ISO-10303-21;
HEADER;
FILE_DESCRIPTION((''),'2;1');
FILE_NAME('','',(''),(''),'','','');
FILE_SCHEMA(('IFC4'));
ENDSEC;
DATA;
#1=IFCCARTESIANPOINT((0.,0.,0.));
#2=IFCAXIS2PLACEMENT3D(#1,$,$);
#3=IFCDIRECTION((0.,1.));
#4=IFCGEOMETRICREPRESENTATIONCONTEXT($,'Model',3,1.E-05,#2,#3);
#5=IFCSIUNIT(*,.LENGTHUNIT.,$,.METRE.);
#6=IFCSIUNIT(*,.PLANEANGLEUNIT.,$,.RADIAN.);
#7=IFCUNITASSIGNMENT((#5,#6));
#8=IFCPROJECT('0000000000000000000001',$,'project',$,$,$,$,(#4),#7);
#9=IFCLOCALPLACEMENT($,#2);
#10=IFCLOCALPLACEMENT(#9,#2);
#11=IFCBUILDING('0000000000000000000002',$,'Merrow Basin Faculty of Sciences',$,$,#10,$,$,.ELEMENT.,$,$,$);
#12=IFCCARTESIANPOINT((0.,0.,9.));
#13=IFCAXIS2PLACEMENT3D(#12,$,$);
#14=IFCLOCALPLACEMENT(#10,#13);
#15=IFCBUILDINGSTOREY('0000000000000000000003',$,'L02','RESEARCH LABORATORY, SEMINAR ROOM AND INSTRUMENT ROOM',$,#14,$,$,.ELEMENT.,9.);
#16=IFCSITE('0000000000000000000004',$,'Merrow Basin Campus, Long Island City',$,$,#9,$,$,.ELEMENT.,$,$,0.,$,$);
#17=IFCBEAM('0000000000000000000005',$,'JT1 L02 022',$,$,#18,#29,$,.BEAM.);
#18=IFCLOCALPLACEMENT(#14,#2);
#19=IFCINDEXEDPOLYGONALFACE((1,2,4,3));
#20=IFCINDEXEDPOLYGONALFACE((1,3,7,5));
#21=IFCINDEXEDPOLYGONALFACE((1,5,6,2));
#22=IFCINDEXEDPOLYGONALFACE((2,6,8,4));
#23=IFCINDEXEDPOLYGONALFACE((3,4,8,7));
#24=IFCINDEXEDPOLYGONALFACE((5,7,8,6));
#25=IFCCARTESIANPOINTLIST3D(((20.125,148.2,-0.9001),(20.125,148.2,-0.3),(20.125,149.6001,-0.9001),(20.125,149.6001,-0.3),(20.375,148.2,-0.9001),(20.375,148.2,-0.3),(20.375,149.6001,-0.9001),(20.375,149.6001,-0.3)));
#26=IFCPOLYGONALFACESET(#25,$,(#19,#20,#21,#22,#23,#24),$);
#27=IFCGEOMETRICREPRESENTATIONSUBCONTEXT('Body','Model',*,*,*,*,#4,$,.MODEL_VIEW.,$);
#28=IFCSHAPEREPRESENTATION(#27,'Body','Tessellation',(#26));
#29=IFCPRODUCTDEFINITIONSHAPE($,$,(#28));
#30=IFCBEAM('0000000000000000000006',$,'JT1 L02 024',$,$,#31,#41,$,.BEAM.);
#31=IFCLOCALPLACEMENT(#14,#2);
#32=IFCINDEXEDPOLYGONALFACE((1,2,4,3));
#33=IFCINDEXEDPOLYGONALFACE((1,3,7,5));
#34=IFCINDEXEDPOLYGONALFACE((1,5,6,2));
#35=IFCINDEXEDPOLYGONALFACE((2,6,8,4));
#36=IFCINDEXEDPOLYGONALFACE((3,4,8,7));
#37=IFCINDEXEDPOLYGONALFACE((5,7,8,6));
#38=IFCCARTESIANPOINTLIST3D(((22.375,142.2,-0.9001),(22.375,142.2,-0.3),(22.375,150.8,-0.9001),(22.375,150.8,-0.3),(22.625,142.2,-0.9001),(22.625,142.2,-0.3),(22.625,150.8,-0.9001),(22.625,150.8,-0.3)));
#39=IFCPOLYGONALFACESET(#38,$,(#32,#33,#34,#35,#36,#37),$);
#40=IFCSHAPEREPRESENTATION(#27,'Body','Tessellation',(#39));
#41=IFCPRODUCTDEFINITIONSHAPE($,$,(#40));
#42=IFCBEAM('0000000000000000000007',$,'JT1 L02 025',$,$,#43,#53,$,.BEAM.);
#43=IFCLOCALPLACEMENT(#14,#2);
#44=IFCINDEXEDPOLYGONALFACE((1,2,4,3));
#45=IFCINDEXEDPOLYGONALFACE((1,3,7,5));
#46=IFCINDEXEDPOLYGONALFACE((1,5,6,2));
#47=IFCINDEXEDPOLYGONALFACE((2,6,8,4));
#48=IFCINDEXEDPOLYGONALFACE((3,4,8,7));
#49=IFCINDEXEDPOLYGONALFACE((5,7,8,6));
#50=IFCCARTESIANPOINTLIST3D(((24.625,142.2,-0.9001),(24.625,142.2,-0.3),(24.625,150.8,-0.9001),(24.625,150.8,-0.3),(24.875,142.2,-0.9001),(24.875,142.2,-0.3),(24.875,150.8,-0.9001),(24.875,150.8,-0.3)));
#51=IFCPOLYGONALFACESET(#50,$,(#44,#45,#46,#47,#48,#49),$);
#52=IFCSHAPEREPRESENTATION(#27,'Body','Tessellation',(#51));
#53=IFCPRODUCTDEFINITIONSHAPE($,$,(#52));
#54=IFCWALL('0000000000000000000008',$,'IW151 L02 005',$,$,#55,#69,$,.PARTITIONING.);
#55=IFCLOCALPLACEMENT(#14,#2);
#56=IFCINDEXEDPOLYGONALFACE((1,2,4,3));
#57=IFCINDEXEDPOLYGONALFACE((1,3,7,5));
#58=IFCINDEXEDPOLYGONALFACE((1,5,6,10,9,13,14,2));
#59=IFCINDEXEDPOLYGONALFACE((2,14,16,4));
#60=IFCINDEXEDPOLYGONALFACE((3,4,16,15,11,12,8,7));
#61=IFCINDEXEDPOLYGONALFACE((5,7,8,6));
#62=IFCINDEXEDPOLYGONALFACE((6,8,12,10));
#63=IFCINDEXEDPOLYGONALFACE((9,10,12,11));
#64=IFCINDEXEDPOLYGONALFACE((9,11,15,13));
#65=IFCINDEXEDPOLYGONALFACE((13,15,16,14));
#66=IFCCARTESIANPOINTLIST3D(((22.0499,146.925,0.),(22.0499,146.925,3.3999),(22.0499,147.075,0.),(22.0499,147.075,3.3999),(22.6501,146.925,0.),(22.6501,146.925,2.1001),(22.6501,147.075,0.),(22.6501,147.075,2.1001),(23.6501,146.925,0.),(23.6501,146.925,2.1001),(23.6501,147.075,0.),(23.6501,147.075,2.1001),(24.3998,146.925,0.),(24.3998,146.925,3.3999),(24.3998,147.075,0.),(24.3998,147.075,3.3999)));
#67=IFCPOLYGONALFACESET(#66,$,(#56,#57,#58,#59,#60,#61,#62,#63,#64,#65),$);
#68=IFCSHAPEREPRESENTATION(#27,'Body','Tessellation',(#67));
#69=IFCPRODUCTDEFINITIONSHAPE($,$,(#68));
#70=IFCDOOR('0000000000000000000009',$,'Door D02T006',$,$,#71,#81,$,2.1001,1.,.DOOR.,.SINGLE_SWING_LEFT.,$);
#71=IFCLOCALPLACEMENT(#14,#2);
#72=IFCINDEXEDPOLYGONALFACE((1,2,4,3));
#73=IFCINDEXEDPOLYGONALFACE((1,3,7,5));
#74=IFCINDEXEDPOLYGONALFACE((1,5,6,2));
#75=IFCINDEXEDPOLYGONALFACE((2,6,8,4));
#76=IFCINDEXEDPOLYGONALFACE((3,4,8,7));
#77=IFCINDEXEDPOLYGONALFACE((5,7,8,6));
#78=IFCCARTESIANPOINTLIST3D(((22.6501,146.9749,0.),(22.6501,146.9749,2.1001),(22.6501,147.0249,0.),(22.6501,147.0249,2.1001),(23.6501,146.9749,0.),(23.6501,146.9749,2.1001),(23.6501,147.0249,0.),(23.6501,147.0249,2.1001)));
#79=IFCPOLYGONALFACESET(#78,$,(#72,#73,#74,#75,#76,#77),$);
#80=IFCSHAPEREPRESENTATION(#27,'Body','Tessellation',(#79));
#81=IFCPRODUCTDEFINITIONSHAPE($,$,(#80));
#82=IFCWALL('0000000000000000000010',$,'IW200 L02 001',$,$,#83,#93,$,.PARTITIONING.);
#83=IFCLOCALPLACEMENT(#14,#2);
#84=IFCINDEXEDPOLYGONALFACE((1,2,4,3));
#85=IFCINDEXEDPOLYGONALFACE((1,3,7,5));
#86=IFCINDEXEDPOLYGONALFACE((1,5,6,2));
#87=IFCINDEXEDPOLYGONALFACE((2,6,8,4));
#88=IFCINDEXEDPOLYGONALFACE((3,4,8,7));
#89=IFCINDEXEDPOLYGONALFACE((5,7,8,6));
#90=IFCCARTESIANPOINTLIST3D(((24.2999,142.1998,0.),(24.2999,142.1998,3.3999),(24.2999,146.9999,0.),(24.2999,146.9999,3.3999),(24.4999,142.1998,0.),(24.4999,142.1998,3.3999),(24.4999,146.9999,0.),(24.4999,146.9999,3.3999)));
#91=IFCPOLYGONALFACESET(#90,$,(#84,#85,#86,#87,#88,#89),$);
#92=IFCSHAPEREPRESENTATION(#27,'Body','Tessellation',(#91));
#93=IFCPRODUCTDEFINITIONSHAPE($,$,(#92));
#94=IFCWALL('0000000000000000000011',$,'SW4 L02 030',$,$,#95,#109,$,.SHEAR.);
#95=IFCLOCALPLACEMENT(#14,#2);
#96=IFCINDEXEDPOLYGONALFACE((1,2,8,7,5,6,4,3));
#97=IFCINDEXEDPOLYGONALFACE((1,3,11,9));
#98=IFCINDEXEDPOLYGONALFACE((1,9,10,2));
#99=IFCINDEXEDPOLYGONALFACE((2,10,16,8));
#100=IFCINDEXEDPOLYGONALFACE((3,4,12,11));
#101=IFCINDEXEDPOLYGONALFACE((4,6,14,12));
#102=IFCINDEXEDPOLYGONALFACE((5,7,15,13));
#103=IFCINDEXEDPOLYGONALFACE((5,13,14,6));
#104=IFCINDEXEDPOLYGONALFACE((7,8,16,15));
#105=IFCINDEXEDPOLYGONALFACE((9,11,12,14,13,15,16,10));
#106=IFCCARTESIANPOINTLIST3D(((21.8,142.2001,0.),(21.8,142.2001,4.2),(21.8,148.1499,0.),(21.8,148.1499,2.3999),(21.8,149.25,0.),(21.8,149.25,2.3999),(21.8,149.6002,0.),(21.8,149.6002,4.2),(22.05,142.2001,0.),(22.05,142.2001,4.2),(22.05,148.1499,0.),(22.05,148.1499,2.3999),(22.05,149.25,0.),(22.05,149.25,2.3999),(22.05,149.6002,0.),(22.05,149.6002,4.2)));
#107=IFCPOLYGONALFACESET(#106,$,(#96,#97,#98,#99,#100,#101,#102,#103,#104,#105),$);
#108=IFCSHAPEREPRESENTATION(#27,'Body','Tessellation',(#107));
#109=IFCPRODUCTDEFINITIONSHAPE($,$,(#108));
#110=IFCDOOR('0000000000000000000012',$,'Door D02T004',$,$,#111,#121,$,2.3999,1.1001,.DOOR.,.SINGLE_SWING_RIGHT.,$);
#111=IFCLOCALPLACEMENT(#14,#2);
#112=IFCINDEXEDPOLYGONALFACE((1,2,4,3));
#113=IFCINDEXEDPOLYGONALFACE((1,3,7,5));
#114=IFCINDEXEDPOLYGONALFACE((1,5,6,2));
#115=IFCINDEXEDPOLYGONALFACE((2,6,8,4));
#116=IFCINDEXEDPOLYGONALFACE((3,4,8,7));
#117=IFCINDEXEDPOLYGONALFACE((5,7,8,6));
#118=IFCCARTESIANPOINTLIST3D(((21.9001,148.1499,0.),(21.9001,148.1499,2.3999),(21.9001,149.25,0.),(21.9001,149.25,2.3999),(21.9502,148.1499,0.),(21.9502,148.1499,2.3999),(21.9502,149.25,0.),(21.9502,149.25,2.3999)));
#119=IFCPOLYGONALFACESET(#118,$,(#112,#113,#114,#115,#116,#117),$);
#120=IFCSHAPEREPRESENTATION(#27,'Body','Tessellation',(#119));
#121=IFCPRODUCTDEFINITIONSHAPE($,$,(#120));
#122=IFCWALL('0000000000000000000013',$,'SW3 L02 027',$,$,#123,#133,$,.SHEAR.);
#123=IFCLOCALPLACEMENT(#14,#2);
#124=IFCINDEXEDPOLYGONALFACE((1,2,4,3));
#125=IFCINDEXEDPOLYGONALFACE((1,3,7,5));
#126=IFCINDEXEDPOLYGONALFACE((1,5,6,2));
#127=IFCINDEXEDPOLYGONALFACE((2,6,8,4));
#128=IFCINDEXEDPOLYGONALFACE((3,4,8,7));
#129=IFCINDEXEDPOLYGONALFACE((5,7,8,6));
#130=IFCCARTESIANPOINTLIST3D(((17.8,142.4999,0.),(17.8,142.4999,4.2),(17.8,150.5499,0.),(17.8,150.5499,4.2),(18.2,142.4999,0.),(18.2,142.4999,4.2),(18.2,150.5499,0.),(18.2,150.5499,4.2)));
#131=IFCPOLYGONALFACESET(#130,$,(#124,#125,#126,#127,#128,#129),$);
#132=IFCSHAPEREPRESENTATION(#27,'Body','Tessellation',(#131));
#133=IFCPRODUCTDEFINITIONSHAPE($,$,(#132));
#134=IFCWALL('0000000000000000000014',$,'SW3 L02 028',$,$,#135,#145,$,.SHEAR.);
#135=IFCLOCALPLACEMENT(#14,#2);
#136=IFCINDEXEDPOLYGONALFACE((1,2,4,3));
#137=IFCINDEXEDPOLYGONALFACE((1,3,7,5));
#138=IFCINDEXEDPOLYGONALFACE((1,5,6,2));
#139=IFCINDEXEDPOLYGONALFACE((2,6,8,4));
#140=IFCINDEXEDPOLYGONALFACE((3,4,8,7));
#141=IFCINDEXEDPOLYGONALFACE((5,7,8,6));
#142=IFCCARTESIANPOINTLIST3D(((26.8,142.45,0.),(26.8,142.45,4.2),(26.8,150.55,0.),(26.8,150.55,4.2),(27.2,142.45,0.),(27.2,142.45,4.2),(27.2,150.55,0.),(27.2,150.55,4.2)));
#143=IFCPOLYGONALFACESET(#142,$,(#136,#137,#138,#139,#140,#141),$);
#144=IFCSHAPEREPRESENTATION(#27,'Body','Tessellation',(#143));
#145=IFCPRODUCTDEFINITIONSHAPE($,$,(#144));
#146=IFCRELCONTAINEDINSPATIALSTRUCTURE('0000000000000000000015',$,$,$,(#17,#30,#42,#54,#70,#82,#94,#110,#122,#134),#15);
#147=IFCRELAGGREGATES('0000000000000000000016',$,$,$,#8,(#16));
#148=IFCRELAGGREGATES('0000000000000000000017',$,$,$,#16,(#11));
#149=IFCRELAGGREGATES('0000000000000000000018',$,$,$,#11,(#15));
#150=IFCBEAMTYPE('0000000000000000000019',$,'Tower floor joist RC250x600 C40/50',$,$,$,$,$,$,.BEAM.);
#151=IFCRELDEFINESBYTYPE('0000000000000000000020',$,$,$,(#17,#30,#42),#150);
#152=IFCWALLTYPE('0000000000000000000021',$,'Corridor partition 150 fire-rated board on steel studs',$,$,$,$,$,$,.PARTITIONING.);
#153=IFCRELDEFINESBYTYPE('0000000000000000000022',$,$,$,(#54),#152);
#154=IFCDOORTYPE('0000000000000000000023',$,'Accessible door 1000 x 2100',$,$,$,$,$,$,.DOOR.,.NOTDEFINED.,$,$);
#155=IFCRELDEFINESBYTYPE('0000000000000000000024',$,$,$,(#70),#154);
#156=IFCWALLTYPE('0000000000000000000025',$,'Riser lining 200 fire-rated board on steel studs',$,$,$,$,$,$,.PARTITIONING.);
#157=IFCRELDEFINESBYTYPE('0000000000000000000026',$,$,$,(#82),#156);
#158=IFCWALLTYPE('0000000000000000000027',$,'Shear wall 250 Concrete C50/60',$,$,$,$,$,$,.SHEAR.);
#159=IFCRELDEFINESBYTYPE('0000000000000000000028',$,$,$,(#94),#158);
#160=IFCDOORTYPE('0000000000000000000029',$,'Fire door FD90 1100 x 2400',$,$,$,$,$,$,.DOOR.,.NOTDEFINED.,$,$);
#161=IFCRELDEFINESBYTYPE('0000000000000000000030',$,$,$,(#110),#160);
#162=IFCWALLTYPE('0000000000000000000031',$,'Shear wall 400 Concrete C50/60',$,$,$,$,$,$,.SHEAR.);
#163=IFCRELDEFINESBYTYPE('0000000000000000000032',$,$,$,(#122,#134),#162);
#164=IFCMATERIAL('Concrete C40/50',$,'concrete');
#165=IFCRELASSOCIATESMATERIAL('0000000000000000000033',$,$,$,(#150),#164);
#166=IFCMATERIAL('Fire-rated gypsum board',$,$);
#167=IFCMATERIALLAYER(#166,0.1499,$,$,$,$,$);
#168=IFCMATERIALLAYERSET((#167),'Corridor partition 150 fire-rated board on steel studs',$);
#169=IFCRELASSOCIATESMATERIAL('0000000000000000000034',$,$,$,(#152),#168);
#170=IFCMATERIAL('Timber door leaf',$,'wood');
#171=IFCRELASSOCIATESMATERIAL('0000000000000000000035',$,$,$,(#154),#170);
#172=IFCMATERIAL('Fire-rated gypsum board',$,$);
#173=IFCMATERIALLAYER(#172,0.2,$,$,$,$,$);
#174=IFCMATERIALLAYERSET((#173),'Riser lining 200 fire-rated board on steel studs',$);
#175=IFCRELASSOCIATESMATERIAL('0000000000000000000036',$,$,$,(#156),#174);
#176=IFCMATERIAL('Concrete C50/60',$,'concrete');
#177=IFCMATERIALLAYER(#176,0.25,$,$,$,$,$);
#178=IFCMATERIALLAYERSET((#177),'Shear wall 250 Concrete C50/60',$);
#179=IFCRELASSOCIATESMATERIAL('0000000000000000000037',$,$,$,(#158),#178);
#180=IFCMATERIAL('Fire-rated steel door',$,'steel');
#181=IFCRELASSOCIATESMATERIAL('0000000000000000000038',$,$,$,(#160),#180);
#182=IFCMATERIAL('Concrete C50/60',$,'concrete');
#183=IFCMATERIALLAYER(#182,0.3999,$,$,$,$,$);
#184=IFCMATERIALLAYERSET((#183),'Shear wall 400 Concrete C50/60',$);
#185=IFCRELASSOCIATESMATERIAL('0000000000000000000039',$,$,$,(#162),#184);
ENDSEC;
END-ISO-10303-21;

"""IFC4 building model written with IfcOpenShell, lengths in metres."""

from ifc_helpers import new_model, si_unit, direction, frame, frame_2d, origin, origin_2d, place, context, subcontext, project, spatial, rectangle, extrude, material, layer, layer_set, material_profile, profile_set, type_object, element, fill, save


model = new_model("IFC4")

# Units and contexts
model_context = context("Model", 3, precision=1e-05, world=origin(), true_north=direction((0.0, 1.0)))
body_context = subcontext(model_context, "Body", "Model", "MODEL_VIEW")
ifc_project = project(units=[si_unit("LENGTHUNIT", "METRE"), si_unit("PLANEANGLEUNIT", "RADIAN")], contexts=[model_context])

# Site, building, storey
site_placement = place(None, origin())
site = spatial("IfcSite", under=ifc_project, at=site_placement, Name="Merrow Basin Campus, Long Island City", CompositionType="ELEMENT", RefElevation=0.0)
building_placement = place(site_placement, origin())
building = spatial("IfcBuilding", under=site, at=building_placement, Name="Merrow Basin Faculty of Sciences", CompositionType="ELEMENT")
storey_placement = place(building_placement, frame((0.0, 0.0, 9.0)))
storey = spatial("IfcBuildingStorey", under=building, at=storey_placement, Name="L02", Description="RESEARCH LABORATORY, SEMINAR ROOM AND INSTRUMENT ROOM", CompositionType="ELEMENT", Elevation=9.0)

# Beams
ifc_material_1 = material(Name="Concrete C40/50", Category="concrete")
ifc_material_profile = material_profile(ifc_material_1, rectangle(XDim=0.25, YDim=0.6001, at=origin_2d()))
ifc_profile_set = profile_set([ifc_material_profile], Name="Concrete C40/50")
beam_type = type_object("IfcBeamType", Name="Tower floor joist RC250x600 C40/50", PredefinedType="BEAM", material=ifc_profile_set)
beam_placement = place(storey_placement, frame((20.25, 148.2, -0.6001), z_axis=(0.0, 1.0, 0.0), x_axis=(-1.0, 0.0, 0.0)))
element("IfcBeam", 1, at=beam_placement, inside=storey, type_object=beam_type, Name="JT1 L02 022", PredefinedType="BEAM", context=body_context, shape_type="SweptSolid", body=[
    extrude(rectangle(XDim=0.25, YDim=0.6001, at=origin_2d()), origin(), (0.0, 0.0, 1.0), 1.4001),
])
for number, where, z_axis, x_axis, name in (
    (2, (22.5, 142.2, -0.6001), (0.0, 1.0, 0.0), (-1.0, 0.0, 0.0), "JT1 L02 024"),
    (3, (24.75, 142.2, -0.6001), (0.0, 1.0, 0.0), (-1.0, 0.0, 0.0), "JT1 L02 025"),
):
    element("IfcBeam", number, at=place(storey_placement, frame(where, z_axis=z_axis, x_axis=x_axis)), inside=storey, type_object=beam_type, Name=name, PredefinedType="BEAM", context=body_context, shape_type="SweptSolid", body=[
        extrude(rectangle(XDim=0.25, YDim=0.6001, at=origin_2d()), origin(), (0.0, 0.0, 1.0), 8.6001),
    ])

# Wall, opening, door
ifc_material_2 = material(Name="Fire-rated gypsum board")
ifc_layer_1 = layer(ifc_material_2, 0.1499)
ifc_layer_set_1 = layer_set([ifc_layer_1], Name="Corridor partition 150 fire-rated board on steel studs")
wall_type_1 = type_object("IfcWallType", Name="Corridor partition 150 fire-rated board on steel studs", PredefinedType="PARTITIONING", material=ifc_layer_set_1)
wall_1_placement = place(storey_placement, frame((22.05, 147.0, 0.0), z_axis=(0.0, 0.0, 1.0), x_axis=(1.0, 0.0, 0.0)))
wall_1 = element("IfcWall", 4, at=wall_1_placement, inside=storey, type_object=wall_type_1, Name="IW151 L02 005", PredefinedType="PARTITIONING", context=body_context, shape_type="SweptSolid", body=[
    extrude(rectangle(XDim=2.3499, YDim=0.1499, at=frame_2d((1.1748, 0.0))), origin(), (0.0, 0.0, 1.0), 3.3999),
])
opening_1_placement = place(wall_1_placement, frame((0.6001, 0.0, 0.0)))
opening_1 = element("IfcOpeningElement", 5, at=opening_1_placement, cuts=wall_1, PredefinedType="OPENING", context=body_context, shape_type="SweptSolid", body=[
    extrude(rectangle(XDim=1.0, YDim=2.1001, at=frame_2d((0.5, 1.05))), frame((0.0, 0.085, 0.0), z_axis=(0.0, -1.0, 0.0), x_axis=(1.0, 0.0, 0.0)), (0.0, 0.0, 1.0), 0.1699),
])
ifc_material_3 = material(Name="Timber door leaf", Category="wood")
door_type_1 = type_object("IfcDoorType", Name="Accessible door 1000 x 2100", OperationType="NOTDEFINED", PredefinedType="DOOR", material=ifc_material_3)
door_1_placement = place(opening_1_placement, origin())
door_1 = element("IfcDoor", 6, at=door_1_placement, inside=storey, type_object=door_type_1, Name="Door D02T006", OperationType="SINGLE_SWING_LEFT", OverallHeight=2.1001, OverallWidth=1.0, PredefinedType="DOOR", context=body_context, shape_type="SweptSolid", body=[
    extrude(rectangle(XDim=1.0, YDim=2.1001, at=frame_2d((0.5, 1.05))), frame((0.0, 0.0249, 0.0), z_axis=(0.0, -1.0, 0.0), x_axis=(1.0, 0.0, 0.0)), (0.0, 0.0, 1.0), 0.05),
])
fill(opening_1, door_1)

# Wall
ifc_material_4 = material(Name="Fire-rated gypsum board")
ifc_layer_2 = layer(ifc_material_4, 0.2)
ifc_layer_set_2 = layer_set([ifc_layer_2], Name="Riser lining 200 fire-rated board on steel studs")
wall_type_2 = type_object("IfcWallType", Name="Riser lining 200 fire-rated board on steel studs", PredefinedType="PARTITIONING", material=ifc_layer_set_2)
wall_2_placement = place(storey_placement, frame((24.3999, 142.2, 0.0), z_axis=(0.0, 0.0, 1.0), x_axis=(0.0, 1.0, 0.0)))
element("IfcWall", 7, at=wall_2_placement, inside=storey, type_object=wall_type_2, Name="IW200 L02 001", PredefinedType="PARTITIONING", context=body_context, shape_type="SweptSolid", body=[
    extrude(rectangle(XDim=4.8, YDim=0.2, at=frame_2d((2.3999, 0.0))), origin(), (0.0, 0.0, 1.0), 3.3999),
])

# Wall, opening, door
ifc_material_5 = material(Name="Concrete C50/60", Category="concrete")
ifc_layer_3 = layer(ifc_material_5, 0.25)
ifc_layer_set_3 = layer_set([ifc_layer_3], Name="Shear wall 250 Concrete C50/60")
wall_type_3 = type_object("IfcWallType", Name="Shear wall 250 Concrete C50/60", PredefinedType="SHEAR", material=ifc_layer_set_3)
wall_3_placement = place(storey_placement, frame((21.925, 142.2, 0.0), z_axis=(0.0, 0.0, 1.0), x_axis=(0.0, 1.0, 0.0)))
wall_3 = element("IfcWall", 8, at=wall_3_placement, inside=storey, type_object=wall_type_3, Name="SW4 L02 030", PredefinedType="SHEAR", context=body_context, shape_type="SweptSolid", body=[
    extrude(rectangle(XDim=7.4001, YDim=0.25, at=frame_2d((3.7002, 0.0))), origin(), (0.0, 0.0, 1.0), 4.2),
])
opening_2_placement = place(wall_3_placement, frame((5.95, 0.0, 0.0)))
opening_2 = element("IfcOpeningElement", 9, at=opening_2_placement, cuts=wall_3, PredefinedType="OPENING", context=body_context, shape_type="SweptSolid", body=[
    extrude(rectangle(XDim=1.1001, YDim=2.3999, at=frame_2d((0.55, 1.2))), frame((0.0, 0.135, 0.0), z_axis=(0.0, -1.0, 0.0), x_axis=(1.0, 0.0, 0.0)), (0.0, 0.0, 1.0), 0.27),
])
ifc_material_6 = material(Name="Fire-rated steel door", Category="steel")
door_type_2 = type_object("IfcDoorType", Name="Fire door FD90 1100 x 2400", OperationType="NOTDEFINED", PredefinedType="DOOR", material=ifc_material_6)
door_2_placement = place(opening_2_placement, origin())
door_2 = element("IfcDoor", 10, at=door_2_placement, inside=storey, type_object=door_type_2, Name="Door D02T004", OperationType="SINGLE_SWING_RIGHT", OverallHeight=2.3999, OverallWidth=1.1001, PredefinedType="DOOR", context=body_context, shape_type="SweptSolid", body=[
    extrude(rectangle(XDim=1.1001, YDim=2.3999, at=frame_2d((0.55, 1.2))), frame((0.0, 0.0249, 0.0), z_axis=(0.0, -1.0, 0.0), x_axis=(1.0, 0.0, 0.0)), (0.0, 0.0, 1.0), 0.05),
])
fill(opening_2, door_2)

# Walls
ifc_material_7 = material(Name="Concrete C50/60", Category="concrete")
ifc_layer_4 = layer(ifc_material_7, 0.3999)
ifc_layer_set_4 = layer_set([ifc_layer_4], Name="Shear wall 400 Concrete C50/60")
wall_type_4 = type_object("IfcWallType", Name="Shear wall 400 Concrete C50/60", PredefinedType="SHEAR", material=ifc_layer_set_4)
wall_4_placement = place(storey_placement, frame((18.0, 142.5, 0.0), z_axis=(0.0, 0.0, 1.0), x_axis=(0.0, 1.0, 0.0)))
element("IfcWall", 11, at=wall_4_placement, inside=storey, type_object=wall_type_4, Name="SW3 L02 027", PredefinedType="SHEAR", context=body_context, shape_type="SweptSolid", body=[
    extrude(rectangle(XDim=8.05, YDim=0.3999, at=frame_2d((4.0249, 0.0))), origin(), (0.0, 0.0, 1.0), 4.2),
])
wall_5_placement = place(storey_placement, frame((27.0, 142.45, 0.0), z_axis=(0.0, 0.0, 1.0), x_axis=(0.0, 1.0, 0.0)))
element("IfcWall", 12, at=wall_5_placement, inside=storey, type_object=wall_type_4, Name="SW3 L02 028", PredefinedType="SHEAR", context=body_context, shape_type="SweptSolid", body=[
    extrude(rectangle(XDim=8.1001, YDim=0.3999, at=frame_2d((4.05, 0.0))), origin(), (0.0, 0.0, 1.0), 4.2),
])

save(model, "model.ifc")
